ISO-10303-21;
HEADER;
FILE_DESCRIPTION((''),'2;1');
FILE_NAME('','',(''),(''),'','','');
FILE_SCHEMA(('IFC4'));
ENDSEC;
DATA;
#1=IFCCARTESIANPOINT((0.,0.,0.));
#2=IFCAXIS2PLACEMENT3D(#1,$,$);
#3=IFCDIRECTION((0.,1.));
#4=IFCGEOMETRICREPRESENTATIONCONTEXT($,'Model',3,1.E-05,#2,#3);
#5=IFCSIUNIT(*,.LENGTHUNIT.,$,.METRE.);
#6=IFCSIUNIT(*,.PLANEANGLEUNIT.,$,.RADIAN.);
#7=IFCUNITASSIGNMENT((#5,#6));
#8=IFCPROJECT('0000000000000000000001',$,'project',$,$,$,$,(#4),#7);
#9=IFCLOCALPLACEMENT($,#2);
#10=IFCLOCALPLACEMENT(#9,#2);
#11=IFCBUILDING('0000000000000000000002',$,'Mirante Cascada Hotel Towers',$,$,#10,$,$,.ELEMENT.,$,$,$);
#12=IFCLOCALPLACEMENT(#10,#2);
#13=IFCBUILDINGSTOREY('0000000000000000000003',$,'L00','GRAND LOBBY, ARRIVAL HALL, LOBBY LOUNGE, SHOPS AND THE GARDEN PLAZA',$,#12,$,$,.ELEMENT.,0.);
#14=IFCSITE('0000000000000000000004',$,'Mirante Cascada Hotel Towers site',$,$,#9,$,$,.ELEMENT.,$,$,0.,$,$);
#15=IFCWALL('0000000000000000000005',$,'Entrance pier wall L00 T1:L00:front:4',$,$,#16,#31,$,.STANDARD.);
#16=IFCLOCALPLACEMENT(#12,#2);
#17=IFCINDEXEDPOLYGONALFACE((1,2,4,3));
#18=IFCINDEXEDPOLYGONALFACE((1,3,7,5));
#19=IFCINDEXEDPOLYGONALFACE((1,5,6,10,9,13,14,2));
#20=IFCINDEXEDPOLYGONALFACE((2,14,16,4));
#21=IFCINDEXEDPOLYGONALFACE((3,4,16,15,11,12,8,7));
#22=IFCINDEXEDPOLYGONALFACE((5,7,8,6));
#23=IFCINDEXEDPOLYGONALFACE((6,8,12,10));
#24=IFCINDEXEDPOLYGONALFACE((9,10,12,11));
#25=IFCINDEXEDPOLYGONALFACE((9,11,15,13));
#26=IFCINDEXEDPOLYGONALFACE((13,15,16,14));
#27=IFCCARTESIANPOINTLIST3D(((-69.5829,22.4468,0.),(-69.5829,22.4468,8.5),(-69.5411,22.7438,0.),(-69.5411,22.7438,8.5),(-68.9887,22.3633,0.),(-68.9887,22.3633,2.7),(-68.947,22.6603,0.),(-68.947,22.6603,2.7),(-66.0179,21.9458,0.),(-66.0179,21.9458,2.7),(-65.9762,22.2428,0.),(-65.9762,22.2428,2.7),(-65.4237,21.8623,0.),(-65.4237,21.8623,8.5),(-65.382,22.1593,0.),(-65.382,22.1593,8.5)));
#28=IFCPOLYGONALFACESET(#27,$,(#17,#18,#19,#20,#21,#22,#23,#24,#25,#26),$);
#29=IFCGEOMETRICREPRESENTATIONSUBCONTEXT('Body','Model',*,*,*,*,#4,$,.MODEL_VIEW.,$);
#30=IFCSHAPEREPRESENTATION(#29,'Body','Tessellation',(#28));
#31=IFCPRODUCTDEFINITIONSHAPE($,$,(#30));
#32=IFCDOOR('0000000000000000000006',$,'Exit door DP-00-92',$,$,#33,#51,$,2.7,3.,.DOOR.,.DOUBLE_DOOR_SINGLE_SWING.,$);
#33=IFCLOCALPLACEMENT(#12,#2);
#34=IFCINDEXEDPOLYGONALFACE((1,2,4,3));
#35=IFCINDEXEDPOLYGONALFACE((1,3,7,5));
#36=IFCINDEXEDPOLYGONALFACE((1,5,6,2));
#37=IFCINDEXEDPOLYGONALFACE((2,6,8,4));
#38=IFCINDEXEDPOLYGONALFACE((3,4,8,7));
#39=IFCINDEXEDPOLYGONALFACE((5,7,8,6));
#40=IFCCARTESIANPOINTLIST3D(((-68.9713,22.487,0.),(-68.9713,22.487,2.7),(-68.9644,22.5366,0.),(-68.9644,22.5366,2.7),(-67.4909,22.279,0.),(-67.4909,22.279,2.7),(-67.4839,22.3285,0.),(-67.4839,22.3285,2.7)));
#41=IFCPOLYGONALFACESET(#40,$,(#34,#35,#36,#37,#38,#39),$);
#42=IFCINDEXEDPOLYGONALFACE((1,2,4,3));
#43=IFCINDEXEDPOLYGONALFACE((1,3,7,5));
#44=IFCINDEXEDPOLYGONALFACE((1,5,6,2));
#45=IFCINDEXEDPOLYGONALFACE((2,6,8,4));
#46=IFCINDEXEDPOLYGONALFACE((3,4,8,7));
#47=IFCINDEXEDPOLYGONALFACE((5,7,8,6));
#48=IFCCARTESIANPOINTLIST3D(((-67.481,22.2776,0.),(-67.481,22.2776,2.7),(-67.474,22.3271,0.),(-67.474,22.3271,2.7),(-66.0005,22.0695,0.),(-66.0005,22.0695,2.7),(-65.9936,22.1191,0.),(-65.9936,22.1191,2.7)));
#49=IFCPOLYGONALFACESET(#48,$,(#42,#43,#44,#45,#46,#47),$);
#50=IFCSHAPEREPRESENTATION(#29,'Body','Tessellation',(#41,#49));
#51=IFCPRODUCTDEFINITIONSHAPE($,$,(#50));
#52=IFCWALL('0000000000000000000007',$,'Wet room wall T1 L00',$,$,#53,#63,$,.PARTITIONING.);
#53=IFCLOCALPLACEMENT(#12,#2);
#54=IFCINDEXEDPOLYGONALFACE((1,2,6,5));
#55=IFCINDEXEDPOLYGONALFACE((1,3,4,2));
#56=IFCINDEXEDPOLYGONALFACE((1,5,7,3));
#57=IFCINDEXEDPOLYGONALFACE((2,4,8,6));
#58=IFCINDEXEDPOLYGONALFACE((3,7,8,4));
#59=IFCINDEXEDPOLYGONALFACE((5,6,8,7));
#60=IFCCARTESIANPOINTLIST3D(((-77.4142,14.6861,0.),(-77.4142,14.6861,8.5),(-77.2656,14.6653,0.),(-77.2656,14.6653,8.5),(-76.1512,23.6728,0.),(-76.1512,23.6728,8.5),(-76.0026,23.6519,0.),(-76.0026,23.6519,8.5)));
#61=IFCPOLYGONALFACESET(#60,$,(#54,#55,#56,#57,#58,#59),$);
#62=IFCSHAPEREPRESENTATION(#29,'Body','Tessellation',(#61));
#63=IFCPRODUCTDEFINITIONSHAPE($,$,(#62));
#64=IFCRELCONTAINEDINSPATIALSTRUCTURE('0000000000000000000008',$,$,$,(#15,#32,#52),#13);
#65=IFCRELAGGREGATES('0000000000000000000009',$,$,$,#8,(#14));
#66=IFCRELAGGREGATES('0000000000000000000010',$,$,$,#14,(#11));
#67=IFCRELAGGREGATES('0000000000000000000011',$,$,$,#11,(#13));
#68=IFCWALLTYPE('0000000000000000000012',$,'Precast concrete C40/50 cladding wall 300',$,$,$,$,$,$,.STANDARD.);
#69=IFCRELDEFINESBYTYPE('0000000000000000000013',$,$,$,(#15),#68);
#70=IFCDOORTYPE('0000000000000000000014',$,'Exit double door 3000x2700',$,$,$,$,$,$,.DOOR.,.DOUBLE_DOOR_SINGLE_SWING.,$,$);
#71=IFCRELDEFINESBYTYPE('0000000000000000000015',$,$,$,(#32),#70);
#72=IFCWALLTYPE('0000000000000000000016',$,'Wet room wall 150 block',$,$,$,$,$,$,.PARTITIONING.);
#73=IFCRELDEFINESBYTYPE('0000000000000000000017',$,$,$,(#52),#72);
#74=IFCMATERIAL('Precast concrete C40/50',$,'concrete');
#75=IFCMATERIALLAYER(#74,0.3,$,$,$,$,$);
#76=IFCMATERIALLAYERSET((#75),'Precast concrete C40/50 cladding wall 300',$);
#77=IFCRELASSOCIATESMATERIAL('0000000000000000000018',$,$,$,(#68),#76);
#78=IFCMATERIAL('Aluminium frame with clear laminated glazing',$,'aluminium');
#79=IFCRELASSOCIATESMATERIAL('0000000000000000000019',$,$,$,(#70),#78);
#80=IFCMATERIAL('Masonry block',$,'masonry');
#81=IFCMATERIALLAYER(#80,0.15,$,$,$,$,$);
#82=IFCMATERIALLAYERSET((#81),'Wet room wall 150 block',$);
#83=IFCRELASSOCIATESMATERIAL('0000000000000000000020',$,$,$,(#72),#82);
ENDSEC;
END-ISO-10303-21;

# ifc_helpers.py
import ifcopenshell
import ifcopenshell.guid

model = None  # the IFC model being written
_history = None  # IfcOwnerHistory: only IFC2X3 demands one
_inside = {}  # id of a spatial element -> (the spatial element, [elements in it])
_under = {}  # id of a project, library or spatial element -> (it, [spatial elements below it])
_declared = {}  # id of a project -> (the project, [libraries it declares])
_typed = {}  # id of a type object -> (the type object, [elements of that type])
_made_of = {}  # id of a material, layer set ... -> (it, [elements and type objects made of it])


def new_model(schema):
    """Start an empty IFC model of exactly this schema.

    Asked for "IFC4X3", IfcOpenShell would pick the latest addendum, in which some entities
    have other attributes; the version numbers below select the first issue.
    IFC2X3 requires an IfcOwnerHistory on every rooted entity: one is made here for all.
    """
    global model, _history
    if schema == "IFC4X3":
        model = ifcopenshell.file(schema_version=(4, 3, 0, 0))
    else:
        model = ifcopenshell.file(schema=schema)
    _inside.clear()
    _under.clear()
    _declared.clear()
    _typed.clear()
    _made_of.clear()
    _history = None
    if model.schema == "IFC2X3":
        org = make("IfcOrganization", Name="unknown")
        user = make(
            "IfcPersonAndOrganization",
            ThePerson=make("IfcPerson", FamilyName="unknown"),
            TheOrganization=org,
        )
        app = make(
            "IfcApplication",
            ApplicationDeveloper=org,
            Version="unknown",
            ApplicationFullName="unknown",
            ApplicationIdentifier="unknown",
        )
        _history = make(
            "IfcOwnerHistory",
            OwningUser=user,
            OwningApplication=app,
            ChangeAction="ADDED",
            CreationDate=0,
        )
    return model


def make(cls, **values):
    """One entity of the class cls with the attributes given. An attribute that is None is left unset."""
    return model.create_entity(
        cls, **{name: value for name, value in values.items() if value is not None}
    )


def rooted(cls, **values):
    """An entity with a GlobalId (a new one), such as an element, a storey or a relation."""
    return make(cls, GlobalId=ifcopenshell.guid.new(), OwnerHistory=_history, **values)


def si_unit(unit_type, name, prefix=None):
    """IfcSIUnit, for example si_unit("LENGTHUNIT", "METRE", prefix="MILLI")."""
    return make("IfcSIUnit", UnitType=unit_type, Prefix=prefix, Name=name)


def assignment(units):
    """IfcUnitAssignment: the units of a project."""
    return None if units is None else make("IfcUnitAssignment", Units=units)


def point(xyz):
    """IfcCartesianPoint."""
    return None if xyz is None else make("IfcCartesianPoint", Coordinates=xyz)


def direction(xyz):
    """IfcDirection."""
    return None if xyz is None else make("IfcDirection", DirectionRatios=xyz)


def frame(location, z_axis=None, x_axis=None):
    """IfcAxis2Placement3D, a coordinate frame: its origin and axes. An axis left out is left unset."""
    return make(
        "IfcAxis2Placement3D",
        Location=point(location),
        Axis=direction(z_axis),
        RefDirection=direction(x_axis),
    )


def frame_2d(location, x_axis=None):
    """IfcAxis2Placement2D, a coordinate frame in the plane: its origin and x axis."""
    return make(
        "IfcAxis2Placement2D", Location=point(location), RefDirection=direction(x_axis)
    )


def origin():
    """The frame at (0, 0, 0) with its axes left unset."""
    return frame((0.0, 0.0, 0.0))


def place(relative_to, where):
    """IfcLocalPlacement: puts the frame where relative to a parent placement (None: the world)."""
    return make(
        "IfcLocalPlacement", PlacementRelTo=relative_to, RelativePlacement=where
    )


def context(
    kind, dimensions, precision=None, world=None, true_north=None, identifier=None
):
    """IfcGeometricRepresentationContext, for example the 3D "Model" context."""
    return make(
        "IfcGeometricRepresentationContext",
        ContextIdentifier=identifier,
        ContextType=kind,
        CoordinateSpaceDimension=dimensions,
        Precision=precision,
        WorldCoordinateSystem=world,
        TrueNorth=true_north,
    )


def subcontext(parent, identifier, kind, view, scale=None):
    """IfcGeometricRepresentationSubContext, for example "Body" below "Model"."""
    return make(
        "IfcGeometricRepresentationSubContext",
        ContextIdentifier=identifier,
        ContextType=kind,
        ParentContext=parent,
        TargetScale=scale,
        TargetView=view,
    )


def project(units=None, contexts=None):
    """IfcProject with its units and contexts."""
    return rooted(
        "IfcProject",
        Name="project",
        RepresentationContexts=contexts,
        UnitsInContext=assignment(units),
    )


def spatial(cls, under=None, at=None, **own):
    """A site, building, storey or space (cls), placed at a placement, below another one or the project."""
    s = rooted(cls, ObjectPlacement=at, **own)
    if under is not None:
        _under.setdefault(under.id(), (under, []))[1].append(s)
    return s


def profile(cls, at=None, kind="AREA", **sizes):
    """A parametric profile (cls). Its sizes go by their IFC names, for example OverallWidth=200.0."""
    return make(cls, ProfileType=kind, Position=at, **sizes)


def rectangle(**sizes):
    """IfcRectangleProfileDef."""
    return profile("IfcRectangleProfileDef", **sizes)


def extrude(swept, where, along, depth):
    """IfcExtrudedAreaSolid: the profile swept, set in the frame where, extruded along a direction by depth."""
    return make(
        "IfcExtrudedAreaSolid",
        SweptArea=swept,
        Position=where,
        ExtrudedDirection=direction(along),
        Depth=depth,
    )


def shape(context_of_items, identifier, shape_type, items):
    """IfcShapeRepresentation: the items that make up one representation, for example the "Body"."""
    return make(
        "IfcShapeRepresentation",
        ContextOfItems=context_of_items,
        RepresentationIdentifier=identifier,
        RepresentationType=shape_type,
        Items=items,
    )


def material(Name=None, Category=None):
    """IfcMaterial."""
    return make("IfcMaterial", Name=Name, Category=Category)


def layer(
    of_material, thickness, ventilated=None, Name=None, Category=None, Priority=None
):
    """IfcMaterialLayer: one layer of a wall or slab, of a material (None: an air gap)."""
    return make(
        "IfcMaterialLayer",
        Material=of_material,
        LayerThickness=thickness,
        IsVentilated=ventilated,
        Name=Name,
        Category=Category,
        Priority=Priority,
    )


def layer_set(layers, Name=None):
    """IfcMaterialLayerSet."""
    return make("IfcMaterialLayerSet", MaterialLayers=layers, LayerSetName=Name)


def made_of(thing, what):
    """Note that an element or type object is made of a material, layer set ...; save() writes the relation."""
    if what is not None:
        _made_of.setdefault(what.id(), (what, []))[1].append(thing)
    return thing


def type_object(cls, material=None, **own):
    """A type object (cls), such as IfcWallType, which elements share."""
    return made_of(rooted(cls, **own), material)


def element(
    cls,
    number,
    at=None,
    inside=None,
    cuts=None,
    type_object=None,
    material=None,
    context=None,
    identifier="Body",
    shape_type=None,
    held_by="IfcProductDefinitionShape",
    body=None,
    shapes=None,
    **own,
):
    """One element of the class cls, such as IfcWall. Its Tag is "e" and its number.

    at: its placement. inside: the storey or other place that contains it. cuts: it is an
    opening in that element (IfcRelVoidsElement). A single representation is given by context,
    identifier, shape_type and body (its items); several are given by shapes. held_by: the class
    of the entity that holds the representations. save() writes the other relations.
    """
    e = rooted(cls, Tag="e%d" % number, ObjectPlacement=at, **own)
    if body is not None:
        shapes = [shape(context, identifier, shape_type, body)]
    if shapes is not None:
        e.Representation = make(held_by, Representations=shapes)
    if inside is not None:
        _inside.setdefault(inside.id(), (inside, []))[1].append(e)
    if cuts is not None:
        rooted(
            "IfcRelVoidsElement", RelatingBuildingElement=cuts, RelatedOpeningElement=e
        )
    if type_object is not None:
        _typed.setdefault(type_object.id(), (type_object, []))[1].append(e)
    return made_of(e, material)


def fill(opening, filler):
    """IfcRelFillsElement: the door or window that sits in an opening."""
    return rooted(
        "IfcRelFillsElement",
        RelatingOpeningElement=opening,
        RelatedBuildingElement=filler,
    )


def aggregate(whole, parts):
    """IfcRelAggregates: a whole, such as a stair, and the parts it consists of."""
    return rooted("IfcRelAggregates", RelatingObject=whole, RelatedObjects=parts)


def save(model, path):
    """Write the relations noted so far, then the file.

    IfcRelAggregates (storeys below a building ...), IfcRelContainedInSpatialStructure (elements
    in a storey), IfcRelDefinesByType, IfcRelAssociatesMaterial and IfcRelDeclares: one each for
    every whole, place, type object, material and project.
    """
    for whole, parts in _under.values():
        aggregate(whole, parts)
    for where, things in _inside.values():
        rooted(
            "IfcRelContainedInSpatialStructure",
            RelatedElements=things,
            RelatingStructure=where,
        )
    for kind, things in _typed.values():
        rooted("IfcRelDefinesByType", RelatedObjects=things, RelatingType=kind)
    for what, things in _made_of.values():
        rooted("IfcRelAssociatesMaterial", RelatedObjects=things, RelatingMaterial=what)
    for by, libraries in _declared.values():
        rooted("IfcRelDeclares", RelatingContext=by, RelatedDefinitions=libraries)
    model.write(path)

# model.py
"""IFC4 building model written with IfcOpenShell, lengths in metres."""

from ifc_helpers import new_model, si_unit, direction, frame, frame_2d, origin, place, context, subcontext, project, spatial, rectangle, extrude, material, layer, layer_set, type_object, element, fill, save


model = new_model("IFC4")

# Units and contexts
model_context = context("Model", 3, precision=1e-05, world=origin(), true_north=direction((0.0, 1.0)))
body_context = subcontext(model_context, "Body", "Model", "MODEL_VIEW")
ifc_project = project(units=[si_unit("LENGTHUNIT", "METRE"), si_unit("PLANEANGLEUNIT", "RADIAN")], contexts=[model_context])

# Site, building, storey
site_placement = place(None, origin())
site = spatial("IfcSite", under=ifc_project, at=site_placement, Name="Mirante Cascada Hotel Towers site", CompositionType="ELEMENT", RefElevation=0.0)
building_placement = place(site_placement, origin())
building = spatial("IfcBuilding", under=site, at=building_placement, Name="Mirante Cascada Hotel Towers", CompositionType="ELEMENT")
storey_placement = place(building_placement, origin())
storey = spatial("IfcBuildingStorey", under=building, at=storey_placement, Name="L00", Description="GRAND LOBBY, ARRIVAL HALL, LOBBY LOUNGE, SHOPS AND THE GARDEN PLAZA", CompositionType="ELEMENT", Elevation=0.0)

# Wall, opening, door
ifc_material_1 = material(Name="Precast concrete C40/50", Category="concrete")
ifc_layer_1 = layer(ifc_material_1, 0.3)
ifc_layer_set_1 = layer_set([ifc_layer_1], Name="Precast concrete C40/50 cladding wall 300")
wall_type_1 = type_object("IfcWallType", Name="Precast concrete C40/50 cladding wall 300", PredefinedType="STANDARD", material=ifc_layer_set_1)
wall_1_placement = place(storey_placement, frame((-69.562, 22.5953, 0.0), z_axis=(0.0, 0.0, 1.0), x_axis=(0.990269, -0.139168, 0.0)))
wall_1 = element("IfcWall", 1, at=wall_1_placement, inside=storey, type_object=wall_type_1, Name="Entrance pier wall L00 T1:L00:front:4", PredefinedType="STANDARD", context=body_context, shape_type="SweptSolid", body=[
    extrude(rectangle(XDim=4.2, YDim=0.3, at=frame_2d((2.1, 0.0))), origin(), (0.0, 0.0, 1.0), 8.5),
])
opening_1_placement = place(wall_1_placement, frame((0.6, 0.0, 0.0)))
opening_1 = element("IfcOpeningElement", 2, at=opening_1_placement, cuts=wall_1, PredefinedType="OPENING", context=body_context, shape_type="SweptSolid", body=[
    extrude(rectangle(XDim=3.0, YDim=2.7, at=frame_2d((1.5, 1.35))), frame((0.0, 0.15, 0.0), z_axis=(0.0, -1.0, 0.0), x_axis=(1.0, 0.0, 0.0)), (0.0, 0.0, 1.0), 0.3),
])
ifc_material_2 = material(Name="Aluminium frame with clear laminated glazing", Category="aluminium")
door_type_1 = type_object("IfcDoorType", Name="Exit double door 3000x2700", OperationType="DOUBLE_DOOR_SINGLE_SWING", PredefinedType="DOOR", material=ifc_material_2)
door_1_placement = place(opening_1_placement, origin())
door_1 = element("IfcDoor", 3, at=door_1_placement, inside=storey, type_object=door_type_1, Name="Exit door DP-00-92", OperationType="DOUBLE_DOOR_SINGLE_SWING", OverallHeight=2.7, OverallWidth=3.0, PredefinedType="DOOR", context=body_context, shape_type="SweptSolid", body=[
    extrude(rectangle(XDim=1.495, YDim=2.7, at=frame_2d((0.7475, 1.35))), frame((0.0, 0.025, 0.0), z_axis=(0.0, -1.0, 0.0), x_axis=(1.0, 0.0, 0.0)), (0.0, 0.0, 1.0), 0.05),
    extrude(rectangle(XDim=1.495, YDim=2.7, at=frame_2d((2.2525, 1.35))), frame((0.0, 0.025, 0.0), z_axis=(0.0, -1.0, 0.0), x_axis=(1.0, 0.0, 0.0)), (0.0, 0.0, 1.0), 0.05),
])
fill(opening_1, door_1)

# Wall
ifc_material_3 = material(Name="Masonry block", Category="masonry")
ifc_layer_2 = layer(ifc_material_3, 0.15)
ifc_layer_set_2 = layer_set([ifc_layer_2], Name="Wet room wall 150 block")
wall_type_2 = type_object("IfcWallType", Name="Wet room wall 150 block", PredefinedType="PARTITIONING", material=ifc_layer_set_2)
wall_2_placement = place(storey_placement, frame((-77.3399, 14.6757, 0.0), z_axis=(0.0, 0.0, 1.0), x_axis=(0.139173, 0.990268, 0.0)))
element("IfcWall", 4, at=wall_2_placement, inside=storey, type_object=wall_type_2, Name="Wet room wall T1 L00", PredefinedType="PARTITIONING", context=body_context, shape_type="SweptSolid", body=[
    extrude(rectangle(XDim=9.075, YDim=0.15, at=frame_2d((4.5375, 0.0))), origin(), (0.0, 0.0, 1.0), 8.5),
])

save(model, "model.ifc")
